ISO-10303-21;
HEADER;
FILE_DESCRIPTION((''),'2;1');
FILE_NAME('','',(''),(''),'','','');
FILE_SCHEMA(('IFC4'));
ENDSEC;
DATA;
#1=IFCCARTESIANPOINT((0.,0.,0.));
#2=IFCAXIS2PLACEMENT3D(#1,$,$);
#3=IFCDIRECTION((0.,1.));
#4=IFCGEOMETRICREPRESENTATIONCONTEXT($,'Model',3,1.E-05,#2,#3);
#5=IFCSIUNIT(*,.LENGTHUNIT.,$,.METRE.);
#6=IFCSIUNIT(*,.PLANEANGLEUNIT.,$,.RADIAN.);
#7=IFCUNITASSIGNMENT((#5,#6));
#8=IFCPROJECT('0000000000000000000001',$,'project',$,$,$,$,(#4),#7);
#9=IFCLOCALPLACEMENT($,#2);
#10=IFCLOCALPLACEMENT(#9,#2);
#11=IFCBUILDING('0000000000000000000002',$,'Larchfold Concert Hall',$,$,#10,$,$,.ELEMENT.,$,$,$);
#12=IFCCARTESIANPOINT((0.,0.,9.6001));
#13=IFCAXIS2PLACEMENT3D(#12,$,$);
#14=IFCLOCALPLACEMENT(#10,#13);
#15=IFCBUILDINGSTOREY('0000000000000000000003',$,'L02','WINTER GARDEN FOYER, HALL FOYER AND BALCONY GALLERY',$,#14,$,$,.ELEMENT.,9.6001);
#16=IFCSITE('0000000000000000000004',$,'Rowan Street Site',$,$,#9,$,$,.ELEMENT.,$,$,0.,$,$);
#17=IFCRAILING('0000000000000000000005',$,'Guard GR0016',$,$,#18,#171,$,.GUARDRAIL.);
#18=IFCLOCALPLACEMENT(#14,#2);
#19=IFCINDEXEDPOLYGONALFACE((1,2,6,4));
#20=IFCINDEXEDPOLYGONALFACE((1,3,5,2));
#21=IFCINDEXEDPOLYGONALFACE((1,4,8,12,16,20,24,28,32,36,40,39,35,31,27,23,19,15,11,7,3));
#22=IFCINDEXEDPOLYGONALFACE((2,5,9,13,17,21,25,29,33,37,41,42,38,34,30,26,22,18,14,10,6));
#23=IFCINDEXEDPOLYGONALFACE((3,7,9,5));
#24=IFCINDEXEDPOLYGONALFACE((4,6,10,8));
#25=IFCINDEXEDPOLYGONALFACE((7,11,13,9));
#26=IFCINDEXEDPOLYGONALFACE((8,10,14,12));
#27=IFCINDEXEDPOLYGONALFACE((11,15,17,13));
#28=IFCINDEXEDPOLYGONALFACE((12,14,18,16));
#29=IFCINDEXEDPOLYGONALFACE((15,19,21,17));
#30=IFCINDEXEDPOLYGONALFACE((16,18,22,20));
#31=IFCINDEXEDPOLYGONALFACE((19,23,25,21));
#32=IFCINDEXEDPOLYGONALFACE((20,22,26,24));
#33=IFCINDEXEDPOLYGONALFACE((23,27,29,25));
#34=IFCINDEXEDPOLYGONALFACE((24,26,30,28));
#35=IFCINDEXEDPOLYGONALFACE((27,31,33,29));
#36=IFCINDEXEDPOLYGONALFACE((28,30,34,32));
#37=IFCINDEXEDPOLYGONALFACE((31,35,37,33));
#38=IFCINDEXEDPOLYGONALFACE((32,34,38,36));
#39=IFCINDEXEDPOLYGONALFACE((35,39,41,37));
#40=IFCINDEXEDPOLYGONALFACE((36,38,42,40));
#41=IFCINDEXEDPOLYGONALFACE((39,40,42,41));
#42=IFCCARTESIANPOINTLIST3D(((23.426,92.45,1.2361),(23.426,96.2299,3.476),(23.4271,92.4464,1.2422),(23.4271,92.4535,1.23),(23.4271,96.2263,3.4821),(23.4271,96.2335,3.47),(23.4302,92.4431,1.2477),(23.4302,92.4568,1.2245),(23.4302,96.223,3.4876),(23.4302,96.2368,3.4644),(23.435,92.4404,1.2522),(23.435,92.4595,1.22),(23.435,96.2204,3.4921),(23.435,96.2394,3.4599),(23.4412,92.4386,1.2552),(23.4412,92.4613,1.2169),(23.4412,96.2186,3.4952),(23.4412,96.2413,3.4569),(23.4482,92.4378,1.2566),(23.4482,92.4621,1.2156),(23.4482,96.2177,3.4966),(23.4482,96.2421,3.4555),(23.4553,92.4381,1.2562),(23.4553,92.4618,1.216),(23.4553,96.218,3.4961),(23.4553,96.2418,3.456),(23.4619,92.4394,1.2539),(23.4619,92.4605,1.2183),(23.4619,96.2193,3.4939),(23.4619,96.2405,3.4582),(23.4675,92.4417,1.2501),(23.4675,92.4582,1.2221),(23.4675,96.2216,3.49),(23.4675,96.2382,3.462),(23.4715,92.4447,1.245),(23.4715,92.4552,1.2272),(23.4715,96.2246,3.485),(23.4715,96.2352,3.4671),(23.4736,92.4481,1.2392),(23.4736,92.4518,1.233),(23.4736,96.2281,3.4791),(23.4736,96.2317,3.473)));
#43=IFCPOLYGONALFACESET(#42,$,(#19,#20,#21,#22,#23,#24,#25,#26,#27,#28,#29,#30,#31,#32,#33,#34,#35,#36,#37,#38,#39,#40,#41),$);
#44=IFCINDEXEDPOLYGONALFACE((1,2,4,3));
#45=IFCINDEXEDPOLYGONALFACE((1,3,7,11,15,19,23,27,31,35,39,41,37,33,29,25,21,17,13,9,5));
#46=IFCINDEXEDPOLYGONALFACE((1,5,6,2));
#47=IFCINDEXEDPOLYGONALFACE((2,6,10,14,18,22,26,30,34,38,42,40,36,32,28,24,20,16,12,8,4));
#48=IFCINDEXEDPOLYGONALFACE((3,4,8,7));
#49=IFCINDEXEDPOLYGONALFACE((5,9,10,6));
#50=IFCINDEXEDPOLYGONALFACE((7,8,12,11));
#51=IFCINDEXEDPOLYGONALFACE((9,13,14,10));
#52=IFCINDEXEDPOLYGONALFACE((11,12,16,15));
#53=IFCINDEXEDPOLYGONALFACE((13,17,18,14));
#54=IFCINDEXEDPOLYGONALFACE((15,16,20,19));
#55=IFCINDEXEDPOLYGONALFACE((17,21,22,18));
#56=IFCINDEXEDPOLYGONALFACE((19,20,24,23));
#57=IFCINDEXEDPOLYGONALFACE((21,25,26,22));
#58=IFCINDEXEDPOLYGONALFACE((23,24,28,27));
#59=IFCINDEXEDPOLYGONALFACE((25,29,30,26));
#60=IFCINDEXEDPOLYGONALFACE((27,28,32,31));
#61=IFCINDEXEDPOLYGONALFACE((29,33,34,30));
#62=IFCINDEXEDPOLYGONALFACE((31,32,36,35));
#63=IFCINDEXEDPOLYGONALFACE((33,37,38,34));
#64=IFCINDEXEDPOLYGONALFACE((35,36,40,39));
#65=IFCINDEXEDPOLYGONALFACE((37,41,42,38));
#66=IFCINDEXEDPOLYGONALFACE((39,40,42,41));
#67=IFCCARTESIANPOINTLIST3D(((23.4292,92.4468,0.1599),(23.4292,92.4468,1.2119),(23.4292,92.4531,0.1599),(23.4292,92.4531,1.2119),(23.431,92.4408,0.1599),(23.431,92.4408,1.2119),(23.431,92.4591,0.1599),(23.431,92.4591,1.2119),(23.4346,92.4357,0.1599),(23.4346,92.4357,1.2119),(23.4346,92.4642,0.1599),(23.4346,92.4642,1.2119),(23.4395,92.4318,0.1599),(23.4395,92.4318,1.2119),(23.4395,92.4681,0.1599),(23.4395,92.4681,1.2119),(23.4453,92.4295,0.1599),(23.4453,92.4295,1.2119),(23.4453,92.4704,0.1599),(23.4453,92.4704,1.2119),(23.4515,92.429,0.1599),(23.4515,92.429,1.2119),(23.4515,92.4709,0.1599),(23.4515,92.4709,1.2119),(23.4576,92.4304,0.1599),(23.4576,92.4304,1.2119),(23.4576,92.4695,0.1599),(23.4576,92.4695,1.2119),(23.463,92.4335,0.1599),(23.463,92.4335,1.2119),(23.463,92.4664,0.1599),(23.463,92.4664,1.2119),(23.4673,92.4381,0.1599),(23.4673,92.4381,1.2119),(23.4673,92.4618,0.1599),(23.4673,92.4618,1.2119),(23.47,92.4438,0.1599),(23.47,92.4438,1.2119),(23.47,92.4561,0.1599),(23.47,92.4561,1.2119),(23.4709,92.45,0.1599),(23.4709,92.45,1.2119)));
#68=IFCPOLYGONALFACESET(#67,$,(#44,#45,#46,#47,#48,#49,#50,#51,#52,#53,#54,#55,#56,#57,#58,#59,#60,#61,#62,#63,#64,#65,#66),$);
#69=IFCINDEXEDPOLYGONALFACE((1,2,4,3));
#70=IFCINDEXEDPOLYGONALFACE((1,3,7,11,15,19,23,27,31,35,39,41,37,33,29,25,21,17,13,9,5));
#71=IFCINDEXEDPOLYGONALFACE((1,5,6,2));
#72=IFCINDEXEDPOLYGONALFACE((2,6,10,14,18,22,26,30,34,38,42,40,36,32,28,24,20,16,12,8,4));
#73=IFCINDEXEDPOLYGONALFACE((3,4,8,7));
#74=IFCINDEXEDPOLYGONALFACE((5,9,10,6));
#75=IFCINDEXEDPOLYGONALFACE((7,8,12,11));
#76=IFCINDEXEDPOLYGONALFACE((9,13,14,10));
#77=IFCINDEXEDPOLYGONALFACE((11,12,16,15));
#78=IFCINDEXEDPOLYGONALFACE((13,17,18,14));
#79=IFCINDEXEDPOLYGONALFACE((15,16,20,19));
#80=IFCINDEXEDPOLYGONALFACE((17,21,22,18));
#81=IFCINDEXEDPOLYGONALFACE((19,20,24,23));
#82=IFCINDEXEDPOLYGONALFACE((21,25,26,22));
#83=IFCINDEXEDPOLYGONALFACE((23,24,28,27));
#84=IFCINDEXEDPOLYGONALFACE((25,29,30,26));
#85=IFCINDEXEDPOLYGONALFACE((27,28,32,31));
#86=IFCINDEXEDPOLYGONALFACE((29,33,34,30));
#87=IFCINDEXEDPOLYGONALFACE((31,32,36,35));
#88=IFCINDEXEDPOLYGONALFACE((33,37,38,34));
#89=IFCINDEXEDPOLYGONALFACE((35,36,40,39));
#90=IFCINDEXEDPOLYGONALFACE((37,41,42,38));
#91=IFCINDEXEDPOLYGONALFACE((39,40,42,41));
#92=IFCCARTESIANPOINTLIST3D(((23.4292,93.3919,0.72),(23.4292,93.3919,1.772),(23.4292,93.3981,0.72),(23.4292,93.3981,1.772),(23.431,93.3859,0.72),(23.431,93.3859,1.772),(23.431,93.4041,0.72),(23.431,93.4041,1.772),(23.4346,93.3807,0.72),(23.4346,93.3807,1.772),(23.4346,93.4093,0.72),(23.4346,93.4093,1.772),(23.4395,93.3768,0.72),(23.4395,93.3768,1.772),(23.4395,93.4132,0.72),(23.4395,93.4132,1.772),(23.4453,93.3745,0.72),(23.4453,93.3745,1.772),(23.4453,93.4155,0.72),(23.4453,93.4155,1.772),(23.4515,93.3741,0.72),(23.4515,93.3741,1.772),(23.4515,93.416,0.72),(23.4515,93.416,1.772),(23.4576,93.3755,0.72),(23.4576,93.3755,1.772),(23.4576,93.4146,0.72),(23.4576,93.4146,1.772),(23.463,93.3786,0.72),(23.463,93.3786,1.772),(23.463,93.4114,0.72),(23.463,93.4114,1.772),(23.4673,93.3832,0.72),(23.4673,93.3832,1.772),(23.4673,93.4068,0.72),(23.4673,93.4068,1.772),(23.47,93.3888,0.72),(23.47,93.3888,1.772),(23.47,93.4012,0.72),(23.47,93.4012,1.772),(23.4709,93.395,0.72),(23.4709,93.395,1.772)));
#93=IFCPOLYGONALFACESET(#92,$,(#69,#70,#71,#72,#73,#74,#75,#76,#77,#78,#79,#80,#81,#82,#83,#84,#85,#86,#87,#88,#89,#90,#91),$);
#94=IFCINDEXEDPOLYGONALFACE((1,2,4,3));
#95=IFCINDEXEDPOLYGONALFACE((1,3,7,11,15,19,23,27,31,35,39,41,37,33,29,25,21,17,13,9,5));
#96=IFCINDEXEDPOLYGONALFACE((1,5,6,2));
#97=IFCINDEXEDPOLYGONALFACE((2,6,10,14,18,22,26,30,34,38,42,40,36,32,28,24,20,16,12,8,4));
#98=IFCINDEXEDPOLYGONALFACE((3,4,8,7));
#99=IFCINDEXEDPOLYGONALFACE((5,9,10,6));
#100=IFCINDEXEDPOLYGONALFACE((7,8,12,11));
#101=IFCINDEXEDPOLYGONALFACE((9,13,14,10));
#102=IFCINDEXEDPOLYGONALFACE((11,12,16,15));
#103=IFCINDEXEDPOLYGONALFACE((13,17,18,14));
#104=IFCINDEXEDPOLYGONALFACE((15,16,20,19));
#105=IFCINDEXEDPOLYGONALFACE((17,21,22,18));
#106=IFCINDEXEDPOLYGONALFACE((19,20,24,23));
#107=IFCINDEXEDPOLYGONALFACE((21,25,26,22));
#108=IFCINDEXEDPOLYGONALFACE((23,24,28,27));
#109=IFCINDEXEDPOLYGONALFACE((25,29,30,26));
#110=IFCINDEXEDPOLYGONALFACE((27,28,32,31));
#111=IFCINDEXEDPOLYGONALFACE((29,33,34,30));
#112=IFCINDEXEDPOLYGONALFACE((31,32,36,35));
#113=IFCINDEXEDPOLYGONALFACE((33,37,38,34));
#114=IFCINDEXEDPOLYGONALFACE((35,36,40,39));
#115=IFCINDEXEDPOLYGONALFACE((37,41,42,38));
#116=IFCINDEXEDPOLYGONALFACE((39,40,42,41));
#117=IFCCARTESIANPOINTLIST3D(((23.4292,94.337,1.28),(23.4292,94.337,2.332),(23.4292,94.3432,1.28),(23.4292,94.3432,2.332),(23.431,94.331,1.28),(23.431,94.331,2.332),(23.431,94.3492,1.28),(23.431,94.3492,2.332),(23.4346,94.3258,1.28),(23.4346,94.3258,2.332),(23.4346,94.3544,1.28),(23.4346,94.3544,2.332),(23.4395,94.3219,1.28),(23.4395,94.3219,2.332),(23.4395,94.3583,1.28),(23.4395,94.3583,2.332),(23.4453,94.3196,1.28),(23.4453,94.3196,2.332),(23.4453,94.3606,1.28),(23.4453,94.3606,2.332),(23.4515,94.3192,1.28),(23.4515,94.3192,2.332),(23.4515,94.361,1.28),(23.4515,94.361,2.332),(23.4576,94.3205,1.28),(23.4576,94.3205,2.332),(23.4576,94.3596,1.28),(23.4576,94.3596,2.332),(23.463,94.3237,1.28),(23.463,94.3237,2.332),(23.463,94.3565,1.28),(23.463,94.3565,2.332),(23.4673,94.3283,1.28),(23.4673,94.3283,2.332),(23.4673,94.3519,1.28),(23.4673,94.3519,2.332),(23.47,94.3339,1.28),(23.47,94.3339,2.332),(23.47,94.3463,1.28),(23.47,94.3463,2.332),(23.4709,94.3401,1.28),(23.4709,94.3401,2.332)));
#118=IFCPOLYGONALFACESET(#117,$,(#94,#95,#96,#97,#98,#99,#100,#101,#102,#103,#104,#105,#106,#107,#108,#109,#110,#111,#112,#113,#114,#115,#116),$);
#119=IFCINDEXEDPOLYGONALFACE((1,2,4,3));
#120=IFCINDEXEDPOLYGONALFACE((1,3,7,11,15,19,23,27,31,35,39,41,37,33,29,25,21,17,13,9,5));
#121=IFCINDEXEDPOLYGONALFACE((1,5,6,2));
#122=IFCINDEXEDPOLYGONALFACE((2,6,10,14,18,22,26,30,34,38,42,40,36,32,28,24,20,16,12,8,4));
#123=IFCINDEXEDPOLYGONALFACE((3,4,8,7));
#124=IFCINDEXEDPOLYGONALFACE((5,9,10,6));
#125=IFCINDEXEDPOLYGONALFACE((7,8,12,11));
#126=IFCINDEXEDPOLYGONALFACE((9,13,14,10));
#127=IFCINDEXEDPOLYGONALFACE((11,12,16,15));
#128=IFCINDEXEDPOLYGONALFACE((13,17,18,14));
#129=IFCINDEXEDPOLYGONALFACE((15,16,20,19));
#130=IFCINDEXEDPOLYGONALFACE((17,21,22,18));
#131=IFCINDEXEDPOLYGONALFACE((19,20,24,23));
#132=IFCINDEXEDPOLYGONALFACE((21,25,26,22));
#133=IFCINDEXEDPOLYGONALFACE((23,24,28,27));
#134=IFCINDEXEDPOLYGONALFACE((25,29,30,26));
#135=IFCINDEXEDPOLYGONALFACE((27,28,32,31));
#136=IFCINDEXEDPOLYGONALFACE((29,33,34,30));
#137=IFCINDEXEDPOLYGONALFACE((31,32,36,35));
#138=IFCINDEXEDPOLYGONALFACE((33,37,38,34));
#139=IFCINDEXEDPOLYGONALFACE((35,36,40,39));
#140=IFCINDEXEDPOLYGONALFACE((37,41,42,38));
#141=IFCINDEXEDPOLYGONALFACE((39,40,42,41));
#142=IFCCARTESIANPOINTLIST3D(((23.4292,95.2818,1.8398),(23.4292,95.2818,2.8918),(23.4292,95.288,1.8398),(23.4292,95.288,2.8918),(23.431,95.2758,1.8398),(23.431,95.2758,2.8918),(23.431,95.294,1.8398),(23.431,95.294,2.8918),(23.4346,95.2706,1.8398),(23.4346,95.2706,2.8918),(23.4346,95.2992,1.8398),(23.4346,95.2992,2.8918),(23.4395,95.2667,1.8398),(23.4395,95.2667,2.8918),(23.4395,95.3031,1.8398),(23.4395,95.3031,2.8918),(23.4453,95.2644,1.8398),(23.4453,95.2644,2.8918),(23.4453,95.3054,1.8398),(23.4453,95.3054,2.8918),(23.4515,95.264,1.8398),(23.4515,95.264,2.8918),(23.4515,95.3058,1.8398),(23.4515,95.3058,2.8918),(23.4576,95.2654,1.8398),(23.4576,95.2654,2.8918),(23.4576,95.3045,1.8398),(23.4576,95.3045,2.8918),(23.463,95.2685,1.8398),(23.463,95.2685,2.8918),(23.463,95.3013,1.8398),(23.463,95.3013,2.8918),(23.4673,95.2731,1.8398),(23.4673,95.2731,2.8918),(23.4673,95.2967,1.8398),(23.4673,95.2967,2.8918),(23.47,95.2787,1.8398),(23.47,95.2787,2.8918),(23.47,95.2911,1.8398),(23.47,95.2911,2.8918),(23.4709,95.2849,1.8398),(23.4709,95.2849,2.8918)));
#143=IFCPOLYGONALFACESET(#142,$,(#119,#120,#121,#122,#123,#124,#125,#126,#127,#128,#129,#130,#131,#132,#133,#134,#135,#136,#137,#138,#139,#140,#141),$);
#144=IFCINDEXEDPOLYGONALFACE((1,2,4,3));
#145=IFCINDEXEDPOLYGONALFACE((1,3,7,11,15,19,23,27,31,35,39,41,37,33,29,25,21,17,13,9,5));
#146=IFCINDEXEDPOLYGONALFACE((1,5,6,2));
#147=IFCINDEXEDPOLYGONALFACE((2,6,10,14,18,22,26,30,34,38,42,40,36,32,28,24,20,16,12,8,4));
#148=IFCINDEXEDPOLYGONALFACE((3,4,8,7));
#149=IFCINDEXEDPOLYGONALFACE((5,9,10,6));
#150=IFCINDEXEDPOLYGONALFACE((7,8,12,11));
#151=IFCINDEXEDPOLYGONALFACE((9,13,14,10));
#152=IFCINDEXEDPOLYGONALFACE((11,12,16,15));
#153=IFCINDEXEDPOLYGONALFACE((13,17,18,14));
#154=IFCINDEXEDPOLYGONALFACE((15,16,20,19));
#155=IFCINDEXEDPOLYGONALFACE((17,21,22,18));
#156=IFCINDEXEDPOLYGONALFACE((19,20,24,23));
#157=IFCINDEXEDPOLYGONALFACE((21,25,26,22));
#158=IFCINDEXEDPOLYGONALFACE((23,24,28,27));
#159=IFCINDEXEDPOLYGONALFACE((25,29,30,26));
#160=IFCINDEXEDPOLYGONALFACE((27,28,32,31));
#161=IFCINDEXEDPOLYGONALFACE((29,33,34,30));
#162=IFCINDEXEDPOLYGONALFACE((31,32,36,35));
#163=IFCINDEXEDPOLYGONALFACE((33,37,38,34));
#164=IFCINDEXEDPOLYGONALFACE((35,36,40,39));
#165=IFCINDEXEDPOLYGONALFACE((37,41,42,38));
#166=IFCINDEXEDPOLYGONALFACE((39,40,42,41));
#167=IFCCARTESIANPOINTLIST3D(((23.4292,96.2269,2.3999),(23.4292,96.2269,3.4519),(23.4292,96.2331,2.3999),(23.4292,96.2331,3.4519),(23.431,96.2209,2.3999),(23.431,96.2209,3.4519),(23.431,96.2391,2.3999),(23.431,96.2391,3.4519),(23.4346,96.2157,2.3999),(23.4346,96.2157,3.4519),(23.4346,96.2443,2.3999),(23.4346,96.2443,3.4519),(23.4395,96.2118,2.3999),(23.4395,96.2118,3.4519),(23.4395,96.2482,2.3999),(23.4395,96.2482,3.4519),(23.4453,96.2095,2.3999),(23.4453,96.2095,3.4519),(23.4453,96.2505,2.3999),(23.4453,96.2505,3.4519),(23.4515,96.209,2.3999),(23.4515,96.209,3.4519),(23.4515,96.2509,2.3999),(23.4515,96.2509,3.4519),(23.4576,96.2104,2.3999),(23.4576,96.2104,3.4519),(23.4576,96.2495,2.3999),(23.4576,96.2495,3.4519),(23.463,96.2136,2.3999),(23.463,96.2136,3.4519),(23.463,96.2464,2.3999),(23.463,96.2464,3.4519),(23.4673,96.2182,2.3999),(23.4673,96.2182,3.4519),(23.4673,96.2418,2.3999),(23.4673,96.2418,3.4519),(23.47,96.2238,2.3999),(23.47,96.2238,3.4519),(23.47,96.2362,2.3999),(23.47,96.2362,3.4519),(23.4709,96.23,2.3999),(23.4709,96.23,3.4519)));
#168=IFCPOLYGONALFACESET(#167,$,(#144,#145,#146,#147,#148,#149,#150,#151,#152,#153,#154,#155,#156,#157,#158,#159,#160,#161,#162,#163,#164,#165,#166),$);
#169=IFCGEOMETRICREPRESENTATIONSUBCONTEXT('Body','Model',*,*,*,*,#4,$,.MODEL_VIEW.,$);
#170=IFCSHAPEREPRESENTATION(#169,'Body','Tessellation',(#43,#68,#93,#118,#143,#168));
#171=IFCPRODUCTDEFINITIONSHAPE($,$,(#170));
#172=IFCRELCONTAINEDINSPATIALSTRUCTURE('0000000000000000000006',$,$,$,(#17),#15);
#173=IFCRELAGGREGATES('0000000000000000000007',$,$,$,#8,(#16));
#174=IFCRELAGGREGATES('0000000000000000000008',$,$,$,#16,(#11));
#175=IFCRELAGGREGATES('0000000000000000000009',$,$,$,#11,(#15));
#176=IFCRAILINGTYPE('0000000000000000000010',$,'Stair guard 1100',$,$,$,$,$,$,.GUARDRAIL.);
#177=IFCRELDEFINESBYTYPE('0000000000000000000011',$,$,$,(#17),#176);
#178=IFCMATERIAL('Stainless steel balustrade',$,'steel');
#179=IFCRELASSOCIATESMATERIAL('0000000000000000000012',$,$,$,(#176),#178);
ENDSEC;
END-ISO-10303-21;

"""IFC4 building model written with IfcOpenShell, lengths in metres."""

from ifc_helpers import new_model, si_unit, direction, frame, origin, origin_2d, place, context, subcontext, project, spatial, circle, extrude, material, type_object, element, save


model = new_model("IFC4")

# Units and contexts
model_context = context("Model", 3, precision=1e-05, world=origin(), true_north=direction((0.0, 1.0)))
body_context = subcontext(model_context, "Body", "Model", "MODEL_VIEW")
ifc_project = project(units=[si_unit("LENGTHUNIT", "METRE"), si_unit("PLANEANGLEUNIT", "RADIAN")], contexts=[model_context])

# Site, building, storey
site_placement = place(None, origin())
site = spatial("IfcSite", under=ifc_project, at=site_placement, Name="Rowan Street Site", CompositionType="ELEMENT", RefElevation=0.0)
building_placement = place(site_placement, origin())
building = spatial("IfcBuilding", under=site, at=building_placement, Name="Larchfold Concert Hall", CompositionType="ELEMENT")
storey_placement = place(building_placement, frame((0.0, 0.0, 9.6001)))
storey = spatial("IfcBuildingStorey", under=building, at=storey_placement, Name="L02", Description="WINTER GARDEN FOYER, HALL FOYER AND BALCONY GALLERY", CompositionType="ELEMENT", Elevation=9.6001)

# Railing
ifc_material_1 = material(Name="Stainless steel balustrade", Category="steel")
railing_type_1 = type_object("IfcRailingType", Name="Stair guard 1100", PredefinedType="GUARDRAIL", material=ifc_material_1)
railing_1_placement = place(storey_placement, frame((23.45, 92.45, 0.1599)))
element("IfcRailing", 1, at=railing_1_placement, inside=storey, type_object=railing_type_1, Name="Guard GR0016", PredefinedType="GUARDRAIL", context=body_context, shape_type="SweptSolid", body=[
    extrude(circle(Radius=0.0239, at=origin_2d()), frame((0.0, 0.0, 1.0762), z_axis=(0.0, 0.860294, 0.509798), x_axis=(-1.0, 0.0, 0.0)), (0.0, 0.0, 1.0), 4.3938),
    extrude(circle(Radius=0.021, at=origin_2d()), origin(), (0.0, 0.0, 1.0), 1.052),
    extrude(circle(Radius=0.021, at=origin_2d()), frame((0.0, 0.9451, 0.5601)), (0.0, 0.0, 1.0), 1.052),
    extrude(circle(Radius=0.021, at=origin_2d()), frame((0.0, 1.8901, 1.1201)), (0.0, 0.0, 1.0), 1.052),
    extrude(circle(Radius=0.021, at=origin_2d()), frame((0.0, 2.835, 1.6799)), (0.0, 0.0, 1.0), 1.052),
    extrude(circle(Radius=0.021, at=origin_2d()), frame((0.0, 3.78, 2.24)), (0.0, 0.0, 1.0), 1.052),
])

save(model, "model.ifc")
